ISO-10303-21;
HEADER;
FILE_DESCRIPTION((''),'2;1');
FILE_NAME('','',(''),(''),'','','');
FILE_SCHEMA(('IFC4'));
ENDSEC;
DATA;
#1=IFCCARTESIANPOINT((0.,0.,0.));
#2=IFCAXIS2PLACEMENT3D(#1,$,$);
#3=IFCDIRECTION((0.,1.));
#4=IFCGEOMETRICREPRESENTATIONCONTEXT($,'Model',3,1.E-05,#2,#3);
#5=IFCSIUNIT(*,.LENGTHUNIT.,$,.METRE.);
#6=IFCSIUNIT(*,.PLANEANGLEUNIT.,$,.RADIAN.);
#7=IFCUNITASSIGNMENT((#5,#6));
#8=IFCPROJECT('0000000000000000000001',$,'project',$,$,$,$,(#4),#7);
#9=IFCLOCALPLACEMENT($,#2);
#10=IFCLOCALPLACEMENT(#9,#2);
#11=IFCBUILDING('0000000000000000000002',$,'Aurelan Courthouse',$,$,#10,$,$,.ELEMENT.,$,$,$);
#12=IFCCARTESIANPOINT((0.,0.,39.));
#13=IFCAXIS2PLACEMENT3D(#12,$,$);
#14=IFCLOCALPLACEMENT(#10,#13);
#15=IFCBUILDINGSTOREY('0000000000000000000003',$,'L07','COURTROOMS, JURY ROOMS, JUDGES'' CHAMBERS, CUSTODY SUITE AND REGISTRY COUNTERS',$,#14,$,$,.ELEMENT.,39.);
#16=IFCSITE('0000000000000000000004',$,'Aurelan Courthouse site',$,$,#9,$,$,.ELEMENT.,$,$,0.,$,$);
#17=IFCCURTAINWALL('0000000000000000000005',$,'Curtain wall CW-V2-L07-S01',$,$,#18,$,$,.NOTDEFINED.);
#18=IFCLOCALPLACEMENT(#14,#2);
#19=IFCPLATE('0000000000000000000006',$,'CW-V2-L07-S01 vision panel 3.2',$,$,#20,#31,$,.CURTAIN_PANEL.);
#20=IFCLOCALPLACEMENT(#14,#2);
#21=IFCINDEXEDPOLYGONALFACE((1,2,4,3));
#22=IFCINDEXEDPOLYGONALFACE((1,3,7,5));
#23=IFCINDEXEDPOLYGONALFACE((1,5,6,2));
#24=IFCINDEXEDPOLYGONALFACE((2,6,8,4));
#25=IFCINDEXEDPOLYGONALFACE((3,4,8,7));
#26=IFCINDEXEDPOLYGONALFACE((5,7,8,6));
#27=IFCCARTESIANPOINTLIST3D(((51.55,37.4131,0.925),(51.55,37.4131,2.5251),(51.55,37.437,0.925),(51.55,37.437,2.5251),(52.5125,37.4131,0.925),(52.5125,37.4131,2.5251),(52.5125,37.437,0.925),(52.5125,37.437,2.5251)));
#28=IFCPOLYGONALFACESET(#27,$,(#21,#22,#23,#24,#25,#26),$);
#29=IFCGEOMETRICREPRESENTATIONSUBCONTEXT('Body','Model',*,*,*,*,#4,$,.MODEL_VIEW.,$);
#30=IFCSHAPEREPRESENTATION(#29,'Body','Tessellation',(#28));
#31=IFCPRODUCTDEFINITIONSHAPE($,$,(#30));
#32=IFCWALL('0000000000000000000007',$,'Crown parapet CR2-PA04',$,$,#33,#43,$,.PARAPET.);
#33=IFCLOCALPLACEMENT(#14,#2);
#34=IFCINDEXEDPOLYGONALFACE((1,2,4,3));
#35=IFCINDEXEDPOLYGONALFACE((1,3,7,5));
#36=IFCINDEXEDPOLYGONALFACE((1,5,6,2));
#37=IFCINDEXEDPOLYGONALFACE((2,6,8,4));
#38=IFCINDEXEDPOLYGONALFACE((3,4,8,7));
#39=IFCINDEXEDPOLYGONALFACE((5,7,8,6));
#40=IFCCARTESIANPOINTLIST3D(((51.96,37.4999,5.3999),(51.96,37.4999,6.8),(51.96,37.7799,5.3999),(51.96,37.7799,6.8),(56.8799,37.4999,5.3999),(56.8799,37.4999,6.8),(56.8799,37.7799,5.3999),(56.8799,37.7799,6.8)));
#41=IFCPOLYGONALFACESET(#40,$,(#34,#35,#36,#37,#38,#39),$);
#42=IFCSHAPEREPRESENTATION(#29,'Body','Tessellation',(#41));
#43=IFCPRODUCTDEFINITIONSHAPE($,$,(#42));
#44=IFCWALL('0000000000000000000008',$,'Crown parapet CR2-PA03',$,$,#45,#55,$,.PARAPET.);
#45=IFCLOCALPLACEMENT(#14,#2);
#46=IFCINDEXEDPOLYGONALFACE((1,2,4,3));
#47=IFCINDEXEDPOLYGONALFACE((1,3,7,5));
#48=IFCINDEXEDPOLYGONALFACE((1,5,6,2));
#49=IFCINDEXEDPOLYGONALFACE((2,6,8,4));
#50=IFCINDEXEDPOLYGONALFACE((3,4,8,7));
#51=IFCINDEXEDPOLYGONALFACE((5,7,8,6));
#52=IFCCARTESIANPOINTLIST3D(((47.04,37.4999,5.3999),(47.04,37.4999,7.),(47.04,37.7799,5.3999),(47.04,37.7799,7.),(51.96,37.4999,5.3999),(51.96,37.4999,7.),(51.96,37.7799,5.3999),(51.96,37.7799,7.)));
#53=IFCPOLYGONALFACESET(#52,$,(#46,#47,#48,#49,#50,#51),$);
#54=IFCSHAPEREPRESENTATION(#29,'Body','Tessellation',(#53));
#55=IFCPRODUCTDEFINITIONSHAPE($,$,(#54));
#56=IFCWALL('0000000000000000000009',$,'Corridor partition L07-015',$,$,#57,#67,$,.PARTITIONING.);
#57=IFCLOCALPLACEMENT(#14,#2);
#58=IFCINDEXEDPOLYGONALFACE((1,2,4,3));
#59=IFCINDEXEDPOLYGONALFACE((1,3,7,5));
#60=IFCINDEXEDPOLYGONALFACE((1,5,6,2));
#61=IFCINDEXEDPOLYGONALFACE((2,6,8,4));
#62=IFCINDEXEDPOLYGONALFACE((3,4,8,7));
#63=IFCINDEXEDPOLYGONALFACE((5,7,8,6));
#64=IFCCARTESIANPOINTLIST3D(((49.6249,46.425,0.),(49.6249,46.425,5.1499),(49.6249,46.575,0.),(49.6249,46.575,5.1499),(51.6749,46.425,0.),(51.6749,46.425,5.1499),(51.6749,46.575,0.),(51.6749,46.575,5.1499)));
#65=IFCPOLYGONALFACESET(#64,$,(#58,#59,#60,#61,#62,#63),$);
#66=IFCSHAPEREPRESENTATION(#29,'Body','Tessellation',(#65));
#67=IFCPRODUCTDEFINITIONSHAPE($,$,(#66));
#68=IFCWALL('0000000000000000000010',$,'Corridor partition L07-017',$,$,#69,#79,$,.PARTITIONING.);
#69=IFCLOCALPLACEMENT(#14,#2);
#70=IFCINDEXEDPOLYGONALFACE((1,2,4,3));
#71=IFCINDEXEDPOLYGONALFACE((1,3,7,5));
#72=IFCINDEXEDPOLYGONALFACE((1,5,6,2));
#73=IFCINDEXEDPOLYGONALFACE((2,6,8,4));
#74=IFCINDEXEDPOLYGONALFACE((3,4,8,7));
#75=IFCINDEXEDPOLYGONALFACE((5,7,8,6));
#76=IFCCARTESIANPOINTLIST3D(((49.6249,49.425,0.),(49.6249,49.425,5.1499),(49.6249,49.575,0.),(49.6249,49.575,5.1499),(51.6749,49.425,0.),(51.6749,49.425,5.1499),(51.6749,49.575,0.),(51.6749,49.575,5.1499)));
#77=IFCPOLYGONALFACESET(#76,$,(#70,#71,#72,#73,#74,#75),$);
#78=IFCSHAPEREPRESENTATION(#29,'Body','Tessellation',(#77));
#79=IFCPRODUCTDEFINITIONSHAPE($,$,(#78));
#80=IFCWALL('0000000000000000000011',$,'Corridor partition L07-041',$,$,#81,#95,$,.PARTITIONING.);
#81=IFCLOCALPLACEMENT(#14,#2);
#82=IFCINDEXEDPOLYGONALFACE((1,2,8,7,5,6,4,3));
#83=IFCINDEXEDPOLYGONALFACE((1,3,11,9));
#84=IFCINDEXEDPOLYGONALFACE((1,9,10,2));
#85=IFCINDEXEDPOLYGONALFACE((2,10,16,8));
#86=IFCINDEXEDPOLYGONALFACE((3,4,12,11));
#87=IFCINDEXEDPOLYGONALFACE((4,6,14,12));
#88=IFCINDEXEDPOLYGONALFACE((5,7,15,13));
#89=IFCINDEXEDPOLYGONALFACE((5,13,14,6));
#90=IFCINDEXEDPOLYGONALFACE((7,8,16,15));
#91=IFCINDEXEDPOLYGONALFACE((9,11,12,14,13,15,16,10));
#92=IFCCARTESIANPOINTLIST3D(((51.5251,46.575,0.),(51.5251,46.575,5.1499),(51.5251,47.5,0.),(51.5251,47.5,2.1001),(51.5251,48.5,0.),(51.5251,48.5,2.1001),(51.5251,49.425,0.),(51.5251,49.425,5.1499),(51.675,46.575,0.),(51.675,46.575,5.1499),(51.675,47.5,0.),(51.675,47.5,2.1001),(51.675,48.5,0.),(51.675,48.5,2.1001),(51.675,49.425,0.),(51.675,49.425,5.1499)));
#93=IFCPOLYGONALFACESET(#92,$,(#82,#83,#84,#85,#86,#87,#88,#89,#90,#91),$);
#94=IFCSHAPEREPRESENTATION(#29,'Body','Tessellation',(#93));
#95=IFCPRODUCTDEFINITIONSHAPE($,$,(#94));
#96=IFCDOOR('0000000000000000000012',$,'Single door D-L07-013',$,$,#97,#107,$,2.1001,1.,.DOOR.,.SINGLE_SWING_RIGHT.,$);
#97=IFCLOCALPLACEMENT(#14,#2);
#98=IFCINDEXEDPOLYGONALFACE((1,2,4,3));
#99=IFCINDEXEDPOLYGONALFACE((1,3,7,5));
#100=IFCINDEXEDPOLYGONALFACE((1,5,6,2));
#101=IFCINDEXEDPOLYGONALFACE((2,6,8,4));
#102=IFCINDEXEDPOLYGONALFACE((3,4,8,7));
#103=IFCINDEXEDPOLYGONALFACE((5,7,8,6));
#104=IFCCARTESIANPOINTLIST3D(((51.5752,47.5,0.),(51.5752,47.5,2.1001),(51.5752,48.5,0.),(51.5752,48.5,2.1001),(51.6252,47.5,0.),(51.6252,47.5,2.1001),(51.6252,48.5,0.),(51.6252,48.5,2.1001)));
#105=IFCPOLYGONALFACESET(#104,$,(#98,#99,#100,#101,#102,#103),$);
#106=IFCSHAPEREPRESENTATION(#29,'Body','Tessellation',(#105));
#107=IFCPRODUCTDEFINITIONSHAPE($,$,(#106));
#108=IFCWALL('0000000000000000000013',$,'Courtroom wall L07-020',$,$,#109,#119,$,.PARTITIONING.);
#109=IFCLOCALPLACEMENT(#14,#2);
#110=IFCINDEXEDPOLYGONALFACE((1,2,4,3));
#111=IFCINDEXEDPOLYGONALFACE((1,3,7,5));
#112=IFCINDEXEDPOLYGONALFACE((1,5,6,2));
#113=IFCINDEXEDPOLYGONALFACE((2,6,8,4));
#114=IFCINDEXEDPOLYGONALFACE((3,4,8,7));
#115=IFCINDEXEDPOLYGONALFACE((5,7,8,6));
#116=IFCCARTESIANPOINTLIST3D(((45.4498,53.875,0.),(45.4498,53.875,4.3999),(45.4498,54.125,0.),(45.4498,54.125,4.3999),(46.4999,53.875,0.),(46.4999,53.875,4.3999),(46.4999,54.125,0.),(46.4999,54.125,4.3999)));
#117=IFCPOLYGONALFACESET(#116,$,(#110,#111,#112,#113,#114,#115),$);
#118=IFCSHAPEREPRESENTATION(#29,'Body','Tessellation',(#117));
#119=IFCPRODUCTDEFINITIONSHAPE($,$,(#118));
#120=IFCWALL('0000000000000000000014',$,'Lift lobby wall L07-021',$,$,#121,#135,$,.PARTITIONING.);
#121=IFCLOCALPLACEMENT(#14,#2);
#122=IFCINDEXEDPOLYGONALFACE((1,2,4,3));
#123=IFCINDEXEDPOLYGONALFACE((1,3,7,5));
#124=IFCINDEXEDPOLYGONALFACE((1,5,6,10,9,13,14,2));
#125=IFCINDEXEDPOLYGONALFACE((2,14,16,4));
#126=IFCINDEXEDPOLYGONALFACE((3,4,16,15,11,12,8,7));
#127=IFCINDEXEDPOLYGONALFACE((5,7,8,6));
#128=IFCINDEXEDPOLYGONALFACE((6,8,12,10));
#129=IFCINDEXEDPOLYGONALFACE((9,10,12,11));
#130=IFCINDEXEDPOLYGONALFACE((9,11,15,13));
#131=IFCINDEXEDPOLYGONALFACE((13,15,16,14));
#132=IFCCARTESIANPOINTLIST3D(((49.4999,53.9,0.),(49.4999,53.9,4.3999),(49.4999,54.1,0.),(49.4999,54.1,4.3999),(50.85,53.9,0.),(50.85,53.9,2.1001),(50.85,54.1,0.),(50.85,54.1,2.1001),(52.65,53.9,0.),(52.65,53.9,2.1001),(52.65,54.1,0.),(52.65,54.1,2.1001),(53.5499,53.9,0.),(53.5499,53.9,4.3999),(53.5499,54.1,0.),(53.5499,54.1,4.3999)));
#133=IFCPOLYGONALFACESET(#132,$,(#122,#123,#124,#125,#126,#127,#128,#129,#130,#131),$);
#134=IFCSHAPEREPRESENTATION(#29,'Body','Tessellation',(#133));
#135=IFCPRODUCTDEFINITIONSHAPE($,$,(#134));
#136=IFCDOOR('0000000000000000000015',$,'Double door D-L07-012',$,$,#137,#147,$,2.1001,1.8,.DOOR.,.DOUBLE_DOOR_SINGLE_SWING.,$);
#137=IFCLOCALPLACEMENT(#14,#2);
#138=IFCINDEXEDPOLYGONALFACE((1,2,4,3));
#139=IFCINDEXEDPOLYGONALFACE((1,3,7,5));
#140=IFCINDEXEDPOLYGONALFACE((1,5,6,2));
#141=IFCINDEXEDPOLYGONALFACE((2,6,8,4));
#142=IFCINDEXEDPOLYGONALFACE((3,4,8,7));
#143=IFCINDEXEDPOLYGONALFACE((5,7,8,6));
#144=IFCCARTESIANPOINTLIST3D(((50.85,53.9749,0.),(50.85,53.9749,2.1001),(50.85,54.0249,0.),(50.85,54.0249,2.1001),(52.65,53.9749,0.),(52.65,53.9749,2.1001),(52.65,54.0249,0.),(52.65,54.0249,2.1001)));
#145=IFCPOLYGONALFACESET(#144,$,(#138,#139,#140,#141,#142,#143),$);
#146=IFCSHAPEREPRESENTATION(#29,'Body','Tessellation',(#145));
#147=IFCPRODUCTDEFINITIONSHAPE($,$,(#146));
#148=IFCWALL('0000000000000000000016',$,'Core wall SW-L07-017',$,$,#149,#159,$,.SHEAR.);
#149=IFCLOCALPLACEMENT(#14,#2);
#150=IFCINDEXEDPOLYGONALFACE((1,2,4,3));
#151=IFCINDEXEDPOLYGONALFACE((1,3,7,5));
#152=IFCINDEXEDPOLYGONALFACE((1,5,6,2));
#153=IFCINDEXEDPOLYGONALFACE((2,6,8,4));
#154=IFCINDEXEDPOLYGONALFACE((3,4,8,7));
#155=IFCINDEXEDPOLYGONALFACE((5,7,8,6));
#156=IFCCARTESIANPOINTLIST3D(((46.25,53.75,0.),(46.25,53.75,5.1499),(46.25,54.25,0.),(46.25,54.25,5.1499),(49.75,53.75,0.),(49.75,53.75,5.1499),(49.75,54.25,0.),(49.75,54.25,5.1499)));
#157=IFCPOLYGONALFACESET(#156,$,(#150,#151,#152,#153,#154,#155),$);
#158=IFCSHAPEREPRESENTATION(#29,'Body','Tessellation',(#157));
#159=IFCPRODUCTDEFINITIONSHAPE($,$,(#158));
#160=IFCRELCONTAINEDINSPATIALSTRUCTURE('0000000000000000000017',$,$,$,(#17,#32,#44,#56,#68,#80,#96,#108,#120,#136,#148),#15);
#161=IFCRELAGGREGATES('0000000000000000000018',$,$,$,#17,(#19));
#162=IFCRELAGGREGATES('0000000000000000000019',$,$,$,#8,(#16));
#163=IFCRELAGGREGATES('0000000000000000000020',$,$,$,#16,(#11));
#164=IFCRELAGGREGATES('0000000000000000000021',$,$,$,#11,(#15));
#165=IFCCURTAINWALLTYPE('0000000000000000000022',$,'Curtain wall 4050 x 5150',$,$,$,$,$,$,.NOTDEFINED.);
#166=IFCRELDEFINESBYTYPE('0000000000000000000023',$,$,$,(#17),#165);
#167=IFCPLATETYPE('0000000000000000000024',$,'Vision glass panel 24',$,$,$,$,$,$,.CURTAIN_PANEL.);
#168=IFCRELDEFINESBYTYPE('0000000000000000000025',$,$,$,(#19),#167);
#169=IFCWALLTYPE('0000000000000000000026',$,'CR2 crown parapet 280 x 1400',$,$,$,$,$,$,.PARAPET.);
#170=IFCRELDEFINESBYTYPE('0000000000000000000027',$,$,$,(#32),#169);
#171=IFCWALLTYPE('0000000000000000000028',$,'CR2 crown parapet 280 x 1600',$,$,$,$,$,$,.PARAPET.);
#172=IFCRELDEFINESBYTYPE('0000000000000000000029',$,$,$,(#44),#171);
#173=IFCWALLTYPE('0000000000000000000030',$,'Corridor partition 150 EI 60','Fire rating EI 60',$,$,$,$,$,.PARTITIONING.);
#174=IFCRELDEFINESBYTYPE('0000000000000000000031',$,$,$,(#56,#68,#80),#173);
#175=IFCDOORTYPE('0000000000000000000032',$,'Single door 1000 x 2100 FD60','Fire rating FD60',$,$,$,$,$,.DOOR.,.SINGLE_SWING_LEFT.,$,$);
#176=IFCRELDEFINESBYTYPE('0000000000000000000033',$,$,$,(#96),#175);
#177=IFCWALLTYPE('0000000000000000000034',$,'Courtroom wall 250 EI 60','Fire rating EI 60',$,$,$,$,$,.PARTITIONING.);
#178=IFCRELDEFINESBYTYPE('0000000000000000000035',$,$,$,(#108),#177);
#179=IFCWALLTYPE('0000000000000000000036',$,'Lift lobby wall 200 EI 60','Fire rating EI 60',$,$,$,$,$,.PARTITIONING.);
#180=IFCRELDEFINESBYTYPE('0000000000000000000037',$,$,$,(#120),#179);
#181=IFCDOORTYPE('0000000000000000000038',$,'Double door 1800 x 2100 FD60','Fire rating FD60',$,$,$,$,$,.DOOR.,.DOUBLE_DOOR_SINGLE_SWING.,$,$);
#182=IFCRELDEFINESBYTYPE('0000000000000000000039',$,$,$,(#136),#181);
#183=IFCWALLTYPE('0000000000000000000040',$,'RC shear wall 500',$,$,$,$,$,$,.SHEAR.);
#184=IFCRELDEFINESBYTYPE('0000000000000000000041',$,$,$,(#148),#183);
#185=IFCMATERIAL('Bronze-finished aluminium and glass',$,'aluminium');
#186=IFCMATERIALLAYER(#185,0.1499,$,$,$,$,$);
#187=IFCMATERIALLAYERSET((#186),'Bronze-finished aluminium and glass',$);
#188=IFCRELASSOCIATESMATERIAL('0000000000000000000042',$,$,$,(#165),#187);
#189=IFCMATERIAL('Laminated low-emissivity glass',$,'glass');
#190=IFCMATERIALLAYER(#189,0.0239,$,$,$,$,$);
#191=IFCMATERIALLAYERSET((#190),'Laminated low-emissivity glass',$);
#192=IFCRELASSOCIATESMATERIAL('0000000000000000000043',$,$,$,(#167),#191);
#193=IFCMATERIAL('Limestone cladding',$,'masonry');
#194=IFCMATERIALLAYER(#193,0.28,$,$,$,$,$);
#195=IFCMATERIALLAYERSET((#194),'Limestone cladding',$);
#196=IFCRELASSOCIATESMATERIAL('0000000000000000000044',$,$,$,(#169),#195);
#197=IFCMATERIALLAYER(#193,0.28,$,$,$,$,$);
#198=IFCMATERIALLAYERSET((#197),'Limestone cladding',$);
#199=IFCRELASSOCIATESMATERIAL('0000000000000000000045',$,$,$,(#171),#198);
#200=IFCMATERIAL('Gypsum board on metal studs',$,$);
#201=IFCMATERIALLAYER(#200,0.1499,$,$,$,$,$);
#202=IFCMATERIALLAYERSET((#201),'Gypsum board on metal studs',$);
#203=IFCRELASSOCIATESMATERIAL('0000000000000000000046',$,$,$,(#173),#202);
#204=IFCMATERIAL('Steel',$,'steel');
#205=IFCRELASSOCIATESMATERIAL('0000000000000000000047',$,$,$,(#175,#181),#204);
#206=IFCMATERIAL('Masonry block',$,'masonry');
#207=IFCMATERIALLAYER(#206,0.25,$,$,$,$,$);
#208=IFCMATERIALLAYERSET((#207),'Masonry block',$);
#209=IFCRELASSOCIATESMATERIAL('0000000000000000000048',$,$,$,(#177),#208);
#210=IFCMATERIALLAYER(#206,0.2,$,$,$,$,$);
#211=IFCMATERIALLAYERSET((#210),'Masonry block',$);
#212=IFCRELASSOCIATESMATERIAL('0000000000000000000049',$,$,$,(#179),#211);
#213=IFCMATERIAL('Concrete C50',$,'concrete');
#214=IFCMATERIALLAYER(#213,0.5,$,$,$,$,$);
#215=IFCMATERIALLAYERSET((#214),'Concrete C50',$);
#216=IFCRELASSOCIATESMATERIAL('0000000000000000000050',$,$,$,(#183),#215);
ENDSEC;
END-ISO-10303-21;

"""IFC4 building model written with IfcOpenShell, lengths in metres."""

from ifc_helpers import new_model, si_unit, direction, frame, frame_2d, origin, origin_2d, place, context, subcontext, project, spatial, rectangle, extrude, material, layer, layer_set, type_object, element, fill, aggregate, save


model = new_model("IFC4")

# Units and contexts
model_context = context("Model", 3, precision=1e-05, world=origin(), true_north=direction((0.0, 1.0)))
body_context = subcontext(model_context, "Body", "Model", "MODEL_VIEW")
ifc_project = project(units=[si_unit("LENGTHUNIT", "METRE"), si_unit("PLANEANGLEUNIT", "RADIAN")], contexts=[model_context])

# Site, building, storey
site_placement = place(None, origin())
site = spatial("IfcSite", under=ifc_project, at=site_placement, Name="Aurelan Courthouse site", CompositionType="ELEMENT", RefElevation=0.0)
building_placement = place(site_placement, origin())
building = spatial("IfcBuilding", under=site, at=building_placement, Name="Aurelan Courthouse", CompositionType="ELEMENT")
storey_placement = place(building_placement, frame((0.0, 0.0, 39.0)))
storey = spatial("IfcBuildingStorey", under=building, at=storey_placement, Name="L07", Description="COURTROOMS, JURY ROOMS, JUDGES' CHAMBERS, CUSTODY SUITE AND REGISTRY COUNTERS", CompositionType="ELEMENT", Elevation=39.0)

# Shared definitions
ifc_material_1 = material(Name="Concrete C50", Category="concrete")

# Curtain wall
ifc_material_2 = material(Name="Bronze-finished aluminium and glass", Category="aluminium")
ifc_layer_1 = layer(ifc_material_2, 0.1499)
ifc_layer_set_1 = layer_set([ifc_layer_1], Name="Bronze-finished aluminium and glass")
curtain_wall_type = type_object("IfcCurtainWallType", Name="Curtain wall 4050 x 5150", PredefinedType="NOTDEFINED", material=ifc_layer_set_1)
curtain_wall_placement = place(storey_placement, origin())
curtain_wall = element("IfcCurtainWall", 1, at=curtain_wall_placement, inside=storey, type_object=curtain_wall_type, Name="Curtain wall CW-V2-L07-S01", PredefinedType="NOTDEFINED")

# Plate
ifc_material_3 = material(Name="Laminated low-emissivity glass", Category="glass")
ifc_layer_2 = layer(ifc_material_3, 0.0239)
ifc_layer_set_2 = layer_set([ifc_layer_2], Name="Laminated low-emissivity glass")
plate_type_1 = type_object("IfcPlateType", Name="Vision glass panel 24", PredefinedType="CURTAIN_PANEL", material=ifc_layer_set_2)
plate_1_placement = place(storey_placement, frame((52.0312, 37.425, 0.925), z_axis=(0.0, 0.0, 1.0), x_axis=(1.0, 0.0, 0.0)))
plate_1 = element("IfcPlate", 2, at=plate_1_placement, type_object=plate_type_1, Name="CW-V2-L07-S01 vision panel 3.2", PredefinedType="CURTAIN_PANEL", context=body_context, shape_type="SweptSolid", body=[
    extrude(rectangle(XDim=0.9624, YDim=0.0239, at=origin_2d()), origin(), (0.0, 0.0, 1.0), 1.6001),
])
aggregate(curtain_wall, [plate_1])

# Walls
ifc_material_4 = material(Name="Limestone cladding", Category="masonry")
ifc_layer_3 = layer(ifc_material_4, 0.28)
ifc_layer_set_3 = layer_set([ifc_layer_3], Name="Limestone cladding")
wall_type_1 = type_object("IfcWallType", Name="CR2 crown parapet 280 x 1400", PredefinedType="PARAPET", material=ifc_layer_set_3)
wall_1_placement = place(storey_placement, frame((51.96, 37.6399, 5.3999), z_axis=(0.0, 0.0, 1.0), x_axis=(1.0, 0.0, 0.0)))
element("IfcWall", 3, at=wall_1_placement, inside=storey, type_object=wall_type_1, Name="Crown parapet CR2-PA04", PredefinedType="PARAPET", context=body_context, shape_type="SweptSolid", body=[
    extrude(rectangle(XDim=4.9199, YDim=0.28, at=frame_2d((2.46, 0.0))), origin(), (0.0, 0.0, 1.0), 1.4001),
])
ifc_layer_4 = layer(ifc_material_4, 0.28)
ifc_layer_set_4 = layer_set([ifc_layer_4], Name="Limestone cladding")
wall_type_2 = type_object("IfcWallType", Name="CR2 crown parapet 280 x 1600", PredefinedType="PARAPET", material=ifc_layer_set_4)
wall_2_placement = place(storey_placement, frame((47.04, 37.6399, 5.3999), z_axis=(0.0, 0.0, 1.0), x_axis=(1.0, 0.0, 0.0)))
element("IfcWall", 4, at=wall_2_placement, inside=storey, type_object=wall_type_2, Name="Crown parapet CR2-PA03", PredefinedType="PARAPET", context=body_context, shape_type="SweptSolid", body=[
    extrude(rectangle(XDim=4.9199, YDim=0.28, at=frame_2d((2.46, 0.0))), origin(), (0.0, 0.0, 1.0), 1.6001),
])
ifc_material_5 = material(Name="Gypsum board on metal studs")
ifc_layer_5 = layer(ifc_material_5, 0.1499)
ifc_layer_set_5 = layer_set([ifc_layer_5], Name="Gypsum board on metal studs")
wall_type_3 = type_object("IfcWallType", Name="Corridor partition 150 EI 60", Description="Fire rating EI 60", PredefinedType="PARTITIONING", material=ifc_layer_set_5)
for number, where, z_axis, x_axis, name in (
    (5, (49.625, 46.5, 0.0), (0.0, 0.0, 1.0), (1.0, 0.0, 0.0), "Corridor partition L07-015"),
    (6, (49.625, 49.5, 0.0), (0.0, 0.0, 1.0), (1.0, 0.0, 0.0), "Corridor partition L07-017"),
):
    element("IfcWall", number, at=place(storey_placement, frame(where, z_axis=z_axis, x_axis=x_axis)), inside=storey, type_object=wall_type_3, Name=name, PredefinedType="PARTITIONING", context=body_context, shape_type="SweptSolid", body=[
        extrude(rectangle(XDim=2.05, YDim=0.1499, at=frame_2d((1.0249, 0.0))), origin(), (0.0, 0.0, 1.0), 5.1499),
    ])

# Wall, opening, door
wall_3_placement = place(storey_placement, frame((51.6001, 46.575, 0.0), z_axis=(0.0, 0.0, 1.0), x_axis=(0.0, 1.0, 0.0)))
wall_3 = element("IfcWall", 7, at=wall_3_placement, inside=storey, type_object=wall_type_3, Name="Corridor partition L07-041", PredefinedType="PARTITIONING", context=body_context, shape_type="SweptSolid", body=[
    extrude(rectangle(XDim=2.8501, YDim=0.1499, at=frame_2d((1.425, 0.0))), origin(), (0.0, 0.0, 1.0), 5.1499),
])
opening_1_placement = place(wall_3_placement, frame((0.925, 0.0, 0.0)))
opening_1 = element("IfcOpeningElement", 8, at=opening_1_placement, cuts=wall_3, PredefinedType="OPENING", context=body_context, shape_type="SweptSolid", body=[
    extrude(rectangle(XDim=1.0, YDim=2.1001, at=frame_2d((0.5, 1.05))), frame((0.0, 0.085, 0.0), z_axis=(0.0, -1.0, 0.0), x_axis=(1.0, 0.0, 0.0)), (0.0, 0.0, 1.0), 0.1699),
])
ifc_material_6 = material(Name="Steel", Category="steel")
door_type_1 = type_object("IfcDoorType", Name="Single door 1000 x 2100 FD60", Description="Fire rating FD60", OperationType="SINGLE_SWING_LEFT", PredefinedType="DOOR", material=ifc_material_6)
door_1_placement = place(opening_1_placement, origin())
door_1 = element("IfcDoor", 9, at=door_1_placement, inside=storey, type_object=door_type_1, Name="Single door D-L07-013", OperationType="SINGLE_SWING_RIGHT", OverallHeight=2.1001, OverallWidth=1.0, PredefinedType="DOOR", context=body_context, shape_type="SweptSolid", body=[
    extrude(rectangle(XDim=1.0, YDim=2.1001, at=frame_2d((0.5, 1.05))), frame((0.0, 0.0249, 0.0), z_axis=(0.0, -1.0, 0.0), x_axis=(1.0, 0.0, 0.0)), (0.0, 0.0, 1.0), 0.05),
])
fill(opening_1, door_1)

# Wall
ifc_material_7 = material(Name="Masonry block", Category="masonry")
ifc_layer_6 = layer(ifc_material_7, 0.25)
ifc_layer_set_6 = layer_set([ifc_layer_6], Name="Masonry block")
wall_type_4 = type_object("IfcWallType", Name="Courtroom wall 250 EI 60", Description="Fire rating EI 60", PredefinedType="PARTITIONING", material=ifc_layer_set_6)
wall_4_placement = place(storey_placement, frame((45.45, 54.0, 0.0), z_axis=(0.0, 0.0, 1.0), x_axis=(1.0, 0.0, 0.0)))
element("IfcWall", 10, at=wall_4_placement, inside=storey, type_object=wall_type_4, Name="Courtroom wall L07-020", PredefinedType="PARTITIONING", context=body_context, shape_type="SweptSolid", body=[
    extrude(rectangle(XDim=1.05, YDim=0.25, at=frame_2d((0.5249, 0.0))), origin(), (0.0, 0.0, 1.0), 4.3999),
])

# Wall, opening, door
ifc_layer_7 = layer(ifc_material_7, 0.2)
ifc_layer_set_7 = layer_set([ifc_layer_7], Name="Masonry block")
wall_type_5 = type_object("IfcWallType", Name="Lift lobby wall 200 EI 60", Description="Fire rating EI 60", PredefinedType="PARTITIONING", material=ifc_layer_set_7)
wall_5_placement = place(storey_placement, frame((49.5, 54.0, 0.0), z_axis=(0.0, 0.0, 1.0), x_axis=(1.0, 0.0, 0.0)))
wall_5 = element("IfcWall", 11, at=wall_5_placement, inside=storey, type_object=wall_type_5, Name="Lift lobby wall L07-021", PredefinedType="PARTITIONING", context=body_context, shape_type="SweptSolid", body=[
    extrude(rectangle(XDim=4.05, YDim=0.2, at=frame_2d((2.0249, 0.0))), origin(), (0.0, 0.0, 1.0), 4.3999),
])
opening_2_placement = place(wall_5_placement, frame((1.3501, 0.0, 0.0)))
opening_2 = element("IfcOpeningElement", 12, at=opening_2_placement, cuts=wall_5, PredefinedType="OPENING", context=body_context, shape_type="SweptSolid", body=[
    extrude(rectangle(XDim=1.8, YDim=2.1001, at=frame_2d((0.8999, 1.05))), frame((0.0, 0.1099, 0.0), z_axis=(0.0, -1.0, 0.0), x_axis=(1.0, 0.0, 0.0)), (0.0, 0.0, 1.0), 0.22),
])
door_type_2 = type_object("IfcDoorType", Name="Double door 1800 x 2100 FD60", Description="Fire rating FD60", OperationType="DOUBLE_DOOR_SINGLE_SWING", PredefinedType="DOOR", material=ifc_material_6)
door_2_placement = place(opening_2_placement, origin())
door_2 = element("IfcDoor", 13, at=door_2_placement, inside=storey, type_object=door_type_2, Name="Double door D-L07-012", OperationType="DOUBLE_DOOR_SINGLE_SWING", OverallHeight=2.1001, OverallWidth=1.8, PredefinedType="DOOR", context=body_context, shape_type="SweptSolid", body=[
    extrude(rectangle(XDim=1.8, YDim=2.1001, at=frame_2d((0.8999, 1.05))), frame((0.0, 0.0249, 0.0), z_axis=(0.0, -1.0, 0.0), x_axis=(1.0, 0.0, 0.0)), (0.0, 0.0, 1.0), 0.05),
])
fill(opening_2, door_2)

# Wall
ifc_layer_8 = layer(ifc_material_1, 0.5)
ifc_layer_set_8 = layer_set([ifc_layer_8], Name="Concrete C50")
wall_type_6 = type_object("IfcWallType", Name="RC shear wall 500", PredefinedType="SHEAR", material=ifc_layer_set_8)
wall_6_placement = place(storey_placement, frame((46.25, 54.0, 0.0), z_axis=(0.0, 0.0, 1.0), x_axis=(1.0, 0.0, 0.0)))
element("IfcWall", 14, at=wall_6_placement, inside=storey, type_object=wall_type_6, Name="Core wall SW-L07-017", PredefinedType="SHEAR", context=body_context, shape_type="SweptSolid", body=[
    extrude(rectangle(XDim=3.5, YDim=0.5, at=frame_2d((1.75, 0.0))), origin(), (0.0, 0.0, 1.0), 5.1499),
])

save(model, "model.ifc")
